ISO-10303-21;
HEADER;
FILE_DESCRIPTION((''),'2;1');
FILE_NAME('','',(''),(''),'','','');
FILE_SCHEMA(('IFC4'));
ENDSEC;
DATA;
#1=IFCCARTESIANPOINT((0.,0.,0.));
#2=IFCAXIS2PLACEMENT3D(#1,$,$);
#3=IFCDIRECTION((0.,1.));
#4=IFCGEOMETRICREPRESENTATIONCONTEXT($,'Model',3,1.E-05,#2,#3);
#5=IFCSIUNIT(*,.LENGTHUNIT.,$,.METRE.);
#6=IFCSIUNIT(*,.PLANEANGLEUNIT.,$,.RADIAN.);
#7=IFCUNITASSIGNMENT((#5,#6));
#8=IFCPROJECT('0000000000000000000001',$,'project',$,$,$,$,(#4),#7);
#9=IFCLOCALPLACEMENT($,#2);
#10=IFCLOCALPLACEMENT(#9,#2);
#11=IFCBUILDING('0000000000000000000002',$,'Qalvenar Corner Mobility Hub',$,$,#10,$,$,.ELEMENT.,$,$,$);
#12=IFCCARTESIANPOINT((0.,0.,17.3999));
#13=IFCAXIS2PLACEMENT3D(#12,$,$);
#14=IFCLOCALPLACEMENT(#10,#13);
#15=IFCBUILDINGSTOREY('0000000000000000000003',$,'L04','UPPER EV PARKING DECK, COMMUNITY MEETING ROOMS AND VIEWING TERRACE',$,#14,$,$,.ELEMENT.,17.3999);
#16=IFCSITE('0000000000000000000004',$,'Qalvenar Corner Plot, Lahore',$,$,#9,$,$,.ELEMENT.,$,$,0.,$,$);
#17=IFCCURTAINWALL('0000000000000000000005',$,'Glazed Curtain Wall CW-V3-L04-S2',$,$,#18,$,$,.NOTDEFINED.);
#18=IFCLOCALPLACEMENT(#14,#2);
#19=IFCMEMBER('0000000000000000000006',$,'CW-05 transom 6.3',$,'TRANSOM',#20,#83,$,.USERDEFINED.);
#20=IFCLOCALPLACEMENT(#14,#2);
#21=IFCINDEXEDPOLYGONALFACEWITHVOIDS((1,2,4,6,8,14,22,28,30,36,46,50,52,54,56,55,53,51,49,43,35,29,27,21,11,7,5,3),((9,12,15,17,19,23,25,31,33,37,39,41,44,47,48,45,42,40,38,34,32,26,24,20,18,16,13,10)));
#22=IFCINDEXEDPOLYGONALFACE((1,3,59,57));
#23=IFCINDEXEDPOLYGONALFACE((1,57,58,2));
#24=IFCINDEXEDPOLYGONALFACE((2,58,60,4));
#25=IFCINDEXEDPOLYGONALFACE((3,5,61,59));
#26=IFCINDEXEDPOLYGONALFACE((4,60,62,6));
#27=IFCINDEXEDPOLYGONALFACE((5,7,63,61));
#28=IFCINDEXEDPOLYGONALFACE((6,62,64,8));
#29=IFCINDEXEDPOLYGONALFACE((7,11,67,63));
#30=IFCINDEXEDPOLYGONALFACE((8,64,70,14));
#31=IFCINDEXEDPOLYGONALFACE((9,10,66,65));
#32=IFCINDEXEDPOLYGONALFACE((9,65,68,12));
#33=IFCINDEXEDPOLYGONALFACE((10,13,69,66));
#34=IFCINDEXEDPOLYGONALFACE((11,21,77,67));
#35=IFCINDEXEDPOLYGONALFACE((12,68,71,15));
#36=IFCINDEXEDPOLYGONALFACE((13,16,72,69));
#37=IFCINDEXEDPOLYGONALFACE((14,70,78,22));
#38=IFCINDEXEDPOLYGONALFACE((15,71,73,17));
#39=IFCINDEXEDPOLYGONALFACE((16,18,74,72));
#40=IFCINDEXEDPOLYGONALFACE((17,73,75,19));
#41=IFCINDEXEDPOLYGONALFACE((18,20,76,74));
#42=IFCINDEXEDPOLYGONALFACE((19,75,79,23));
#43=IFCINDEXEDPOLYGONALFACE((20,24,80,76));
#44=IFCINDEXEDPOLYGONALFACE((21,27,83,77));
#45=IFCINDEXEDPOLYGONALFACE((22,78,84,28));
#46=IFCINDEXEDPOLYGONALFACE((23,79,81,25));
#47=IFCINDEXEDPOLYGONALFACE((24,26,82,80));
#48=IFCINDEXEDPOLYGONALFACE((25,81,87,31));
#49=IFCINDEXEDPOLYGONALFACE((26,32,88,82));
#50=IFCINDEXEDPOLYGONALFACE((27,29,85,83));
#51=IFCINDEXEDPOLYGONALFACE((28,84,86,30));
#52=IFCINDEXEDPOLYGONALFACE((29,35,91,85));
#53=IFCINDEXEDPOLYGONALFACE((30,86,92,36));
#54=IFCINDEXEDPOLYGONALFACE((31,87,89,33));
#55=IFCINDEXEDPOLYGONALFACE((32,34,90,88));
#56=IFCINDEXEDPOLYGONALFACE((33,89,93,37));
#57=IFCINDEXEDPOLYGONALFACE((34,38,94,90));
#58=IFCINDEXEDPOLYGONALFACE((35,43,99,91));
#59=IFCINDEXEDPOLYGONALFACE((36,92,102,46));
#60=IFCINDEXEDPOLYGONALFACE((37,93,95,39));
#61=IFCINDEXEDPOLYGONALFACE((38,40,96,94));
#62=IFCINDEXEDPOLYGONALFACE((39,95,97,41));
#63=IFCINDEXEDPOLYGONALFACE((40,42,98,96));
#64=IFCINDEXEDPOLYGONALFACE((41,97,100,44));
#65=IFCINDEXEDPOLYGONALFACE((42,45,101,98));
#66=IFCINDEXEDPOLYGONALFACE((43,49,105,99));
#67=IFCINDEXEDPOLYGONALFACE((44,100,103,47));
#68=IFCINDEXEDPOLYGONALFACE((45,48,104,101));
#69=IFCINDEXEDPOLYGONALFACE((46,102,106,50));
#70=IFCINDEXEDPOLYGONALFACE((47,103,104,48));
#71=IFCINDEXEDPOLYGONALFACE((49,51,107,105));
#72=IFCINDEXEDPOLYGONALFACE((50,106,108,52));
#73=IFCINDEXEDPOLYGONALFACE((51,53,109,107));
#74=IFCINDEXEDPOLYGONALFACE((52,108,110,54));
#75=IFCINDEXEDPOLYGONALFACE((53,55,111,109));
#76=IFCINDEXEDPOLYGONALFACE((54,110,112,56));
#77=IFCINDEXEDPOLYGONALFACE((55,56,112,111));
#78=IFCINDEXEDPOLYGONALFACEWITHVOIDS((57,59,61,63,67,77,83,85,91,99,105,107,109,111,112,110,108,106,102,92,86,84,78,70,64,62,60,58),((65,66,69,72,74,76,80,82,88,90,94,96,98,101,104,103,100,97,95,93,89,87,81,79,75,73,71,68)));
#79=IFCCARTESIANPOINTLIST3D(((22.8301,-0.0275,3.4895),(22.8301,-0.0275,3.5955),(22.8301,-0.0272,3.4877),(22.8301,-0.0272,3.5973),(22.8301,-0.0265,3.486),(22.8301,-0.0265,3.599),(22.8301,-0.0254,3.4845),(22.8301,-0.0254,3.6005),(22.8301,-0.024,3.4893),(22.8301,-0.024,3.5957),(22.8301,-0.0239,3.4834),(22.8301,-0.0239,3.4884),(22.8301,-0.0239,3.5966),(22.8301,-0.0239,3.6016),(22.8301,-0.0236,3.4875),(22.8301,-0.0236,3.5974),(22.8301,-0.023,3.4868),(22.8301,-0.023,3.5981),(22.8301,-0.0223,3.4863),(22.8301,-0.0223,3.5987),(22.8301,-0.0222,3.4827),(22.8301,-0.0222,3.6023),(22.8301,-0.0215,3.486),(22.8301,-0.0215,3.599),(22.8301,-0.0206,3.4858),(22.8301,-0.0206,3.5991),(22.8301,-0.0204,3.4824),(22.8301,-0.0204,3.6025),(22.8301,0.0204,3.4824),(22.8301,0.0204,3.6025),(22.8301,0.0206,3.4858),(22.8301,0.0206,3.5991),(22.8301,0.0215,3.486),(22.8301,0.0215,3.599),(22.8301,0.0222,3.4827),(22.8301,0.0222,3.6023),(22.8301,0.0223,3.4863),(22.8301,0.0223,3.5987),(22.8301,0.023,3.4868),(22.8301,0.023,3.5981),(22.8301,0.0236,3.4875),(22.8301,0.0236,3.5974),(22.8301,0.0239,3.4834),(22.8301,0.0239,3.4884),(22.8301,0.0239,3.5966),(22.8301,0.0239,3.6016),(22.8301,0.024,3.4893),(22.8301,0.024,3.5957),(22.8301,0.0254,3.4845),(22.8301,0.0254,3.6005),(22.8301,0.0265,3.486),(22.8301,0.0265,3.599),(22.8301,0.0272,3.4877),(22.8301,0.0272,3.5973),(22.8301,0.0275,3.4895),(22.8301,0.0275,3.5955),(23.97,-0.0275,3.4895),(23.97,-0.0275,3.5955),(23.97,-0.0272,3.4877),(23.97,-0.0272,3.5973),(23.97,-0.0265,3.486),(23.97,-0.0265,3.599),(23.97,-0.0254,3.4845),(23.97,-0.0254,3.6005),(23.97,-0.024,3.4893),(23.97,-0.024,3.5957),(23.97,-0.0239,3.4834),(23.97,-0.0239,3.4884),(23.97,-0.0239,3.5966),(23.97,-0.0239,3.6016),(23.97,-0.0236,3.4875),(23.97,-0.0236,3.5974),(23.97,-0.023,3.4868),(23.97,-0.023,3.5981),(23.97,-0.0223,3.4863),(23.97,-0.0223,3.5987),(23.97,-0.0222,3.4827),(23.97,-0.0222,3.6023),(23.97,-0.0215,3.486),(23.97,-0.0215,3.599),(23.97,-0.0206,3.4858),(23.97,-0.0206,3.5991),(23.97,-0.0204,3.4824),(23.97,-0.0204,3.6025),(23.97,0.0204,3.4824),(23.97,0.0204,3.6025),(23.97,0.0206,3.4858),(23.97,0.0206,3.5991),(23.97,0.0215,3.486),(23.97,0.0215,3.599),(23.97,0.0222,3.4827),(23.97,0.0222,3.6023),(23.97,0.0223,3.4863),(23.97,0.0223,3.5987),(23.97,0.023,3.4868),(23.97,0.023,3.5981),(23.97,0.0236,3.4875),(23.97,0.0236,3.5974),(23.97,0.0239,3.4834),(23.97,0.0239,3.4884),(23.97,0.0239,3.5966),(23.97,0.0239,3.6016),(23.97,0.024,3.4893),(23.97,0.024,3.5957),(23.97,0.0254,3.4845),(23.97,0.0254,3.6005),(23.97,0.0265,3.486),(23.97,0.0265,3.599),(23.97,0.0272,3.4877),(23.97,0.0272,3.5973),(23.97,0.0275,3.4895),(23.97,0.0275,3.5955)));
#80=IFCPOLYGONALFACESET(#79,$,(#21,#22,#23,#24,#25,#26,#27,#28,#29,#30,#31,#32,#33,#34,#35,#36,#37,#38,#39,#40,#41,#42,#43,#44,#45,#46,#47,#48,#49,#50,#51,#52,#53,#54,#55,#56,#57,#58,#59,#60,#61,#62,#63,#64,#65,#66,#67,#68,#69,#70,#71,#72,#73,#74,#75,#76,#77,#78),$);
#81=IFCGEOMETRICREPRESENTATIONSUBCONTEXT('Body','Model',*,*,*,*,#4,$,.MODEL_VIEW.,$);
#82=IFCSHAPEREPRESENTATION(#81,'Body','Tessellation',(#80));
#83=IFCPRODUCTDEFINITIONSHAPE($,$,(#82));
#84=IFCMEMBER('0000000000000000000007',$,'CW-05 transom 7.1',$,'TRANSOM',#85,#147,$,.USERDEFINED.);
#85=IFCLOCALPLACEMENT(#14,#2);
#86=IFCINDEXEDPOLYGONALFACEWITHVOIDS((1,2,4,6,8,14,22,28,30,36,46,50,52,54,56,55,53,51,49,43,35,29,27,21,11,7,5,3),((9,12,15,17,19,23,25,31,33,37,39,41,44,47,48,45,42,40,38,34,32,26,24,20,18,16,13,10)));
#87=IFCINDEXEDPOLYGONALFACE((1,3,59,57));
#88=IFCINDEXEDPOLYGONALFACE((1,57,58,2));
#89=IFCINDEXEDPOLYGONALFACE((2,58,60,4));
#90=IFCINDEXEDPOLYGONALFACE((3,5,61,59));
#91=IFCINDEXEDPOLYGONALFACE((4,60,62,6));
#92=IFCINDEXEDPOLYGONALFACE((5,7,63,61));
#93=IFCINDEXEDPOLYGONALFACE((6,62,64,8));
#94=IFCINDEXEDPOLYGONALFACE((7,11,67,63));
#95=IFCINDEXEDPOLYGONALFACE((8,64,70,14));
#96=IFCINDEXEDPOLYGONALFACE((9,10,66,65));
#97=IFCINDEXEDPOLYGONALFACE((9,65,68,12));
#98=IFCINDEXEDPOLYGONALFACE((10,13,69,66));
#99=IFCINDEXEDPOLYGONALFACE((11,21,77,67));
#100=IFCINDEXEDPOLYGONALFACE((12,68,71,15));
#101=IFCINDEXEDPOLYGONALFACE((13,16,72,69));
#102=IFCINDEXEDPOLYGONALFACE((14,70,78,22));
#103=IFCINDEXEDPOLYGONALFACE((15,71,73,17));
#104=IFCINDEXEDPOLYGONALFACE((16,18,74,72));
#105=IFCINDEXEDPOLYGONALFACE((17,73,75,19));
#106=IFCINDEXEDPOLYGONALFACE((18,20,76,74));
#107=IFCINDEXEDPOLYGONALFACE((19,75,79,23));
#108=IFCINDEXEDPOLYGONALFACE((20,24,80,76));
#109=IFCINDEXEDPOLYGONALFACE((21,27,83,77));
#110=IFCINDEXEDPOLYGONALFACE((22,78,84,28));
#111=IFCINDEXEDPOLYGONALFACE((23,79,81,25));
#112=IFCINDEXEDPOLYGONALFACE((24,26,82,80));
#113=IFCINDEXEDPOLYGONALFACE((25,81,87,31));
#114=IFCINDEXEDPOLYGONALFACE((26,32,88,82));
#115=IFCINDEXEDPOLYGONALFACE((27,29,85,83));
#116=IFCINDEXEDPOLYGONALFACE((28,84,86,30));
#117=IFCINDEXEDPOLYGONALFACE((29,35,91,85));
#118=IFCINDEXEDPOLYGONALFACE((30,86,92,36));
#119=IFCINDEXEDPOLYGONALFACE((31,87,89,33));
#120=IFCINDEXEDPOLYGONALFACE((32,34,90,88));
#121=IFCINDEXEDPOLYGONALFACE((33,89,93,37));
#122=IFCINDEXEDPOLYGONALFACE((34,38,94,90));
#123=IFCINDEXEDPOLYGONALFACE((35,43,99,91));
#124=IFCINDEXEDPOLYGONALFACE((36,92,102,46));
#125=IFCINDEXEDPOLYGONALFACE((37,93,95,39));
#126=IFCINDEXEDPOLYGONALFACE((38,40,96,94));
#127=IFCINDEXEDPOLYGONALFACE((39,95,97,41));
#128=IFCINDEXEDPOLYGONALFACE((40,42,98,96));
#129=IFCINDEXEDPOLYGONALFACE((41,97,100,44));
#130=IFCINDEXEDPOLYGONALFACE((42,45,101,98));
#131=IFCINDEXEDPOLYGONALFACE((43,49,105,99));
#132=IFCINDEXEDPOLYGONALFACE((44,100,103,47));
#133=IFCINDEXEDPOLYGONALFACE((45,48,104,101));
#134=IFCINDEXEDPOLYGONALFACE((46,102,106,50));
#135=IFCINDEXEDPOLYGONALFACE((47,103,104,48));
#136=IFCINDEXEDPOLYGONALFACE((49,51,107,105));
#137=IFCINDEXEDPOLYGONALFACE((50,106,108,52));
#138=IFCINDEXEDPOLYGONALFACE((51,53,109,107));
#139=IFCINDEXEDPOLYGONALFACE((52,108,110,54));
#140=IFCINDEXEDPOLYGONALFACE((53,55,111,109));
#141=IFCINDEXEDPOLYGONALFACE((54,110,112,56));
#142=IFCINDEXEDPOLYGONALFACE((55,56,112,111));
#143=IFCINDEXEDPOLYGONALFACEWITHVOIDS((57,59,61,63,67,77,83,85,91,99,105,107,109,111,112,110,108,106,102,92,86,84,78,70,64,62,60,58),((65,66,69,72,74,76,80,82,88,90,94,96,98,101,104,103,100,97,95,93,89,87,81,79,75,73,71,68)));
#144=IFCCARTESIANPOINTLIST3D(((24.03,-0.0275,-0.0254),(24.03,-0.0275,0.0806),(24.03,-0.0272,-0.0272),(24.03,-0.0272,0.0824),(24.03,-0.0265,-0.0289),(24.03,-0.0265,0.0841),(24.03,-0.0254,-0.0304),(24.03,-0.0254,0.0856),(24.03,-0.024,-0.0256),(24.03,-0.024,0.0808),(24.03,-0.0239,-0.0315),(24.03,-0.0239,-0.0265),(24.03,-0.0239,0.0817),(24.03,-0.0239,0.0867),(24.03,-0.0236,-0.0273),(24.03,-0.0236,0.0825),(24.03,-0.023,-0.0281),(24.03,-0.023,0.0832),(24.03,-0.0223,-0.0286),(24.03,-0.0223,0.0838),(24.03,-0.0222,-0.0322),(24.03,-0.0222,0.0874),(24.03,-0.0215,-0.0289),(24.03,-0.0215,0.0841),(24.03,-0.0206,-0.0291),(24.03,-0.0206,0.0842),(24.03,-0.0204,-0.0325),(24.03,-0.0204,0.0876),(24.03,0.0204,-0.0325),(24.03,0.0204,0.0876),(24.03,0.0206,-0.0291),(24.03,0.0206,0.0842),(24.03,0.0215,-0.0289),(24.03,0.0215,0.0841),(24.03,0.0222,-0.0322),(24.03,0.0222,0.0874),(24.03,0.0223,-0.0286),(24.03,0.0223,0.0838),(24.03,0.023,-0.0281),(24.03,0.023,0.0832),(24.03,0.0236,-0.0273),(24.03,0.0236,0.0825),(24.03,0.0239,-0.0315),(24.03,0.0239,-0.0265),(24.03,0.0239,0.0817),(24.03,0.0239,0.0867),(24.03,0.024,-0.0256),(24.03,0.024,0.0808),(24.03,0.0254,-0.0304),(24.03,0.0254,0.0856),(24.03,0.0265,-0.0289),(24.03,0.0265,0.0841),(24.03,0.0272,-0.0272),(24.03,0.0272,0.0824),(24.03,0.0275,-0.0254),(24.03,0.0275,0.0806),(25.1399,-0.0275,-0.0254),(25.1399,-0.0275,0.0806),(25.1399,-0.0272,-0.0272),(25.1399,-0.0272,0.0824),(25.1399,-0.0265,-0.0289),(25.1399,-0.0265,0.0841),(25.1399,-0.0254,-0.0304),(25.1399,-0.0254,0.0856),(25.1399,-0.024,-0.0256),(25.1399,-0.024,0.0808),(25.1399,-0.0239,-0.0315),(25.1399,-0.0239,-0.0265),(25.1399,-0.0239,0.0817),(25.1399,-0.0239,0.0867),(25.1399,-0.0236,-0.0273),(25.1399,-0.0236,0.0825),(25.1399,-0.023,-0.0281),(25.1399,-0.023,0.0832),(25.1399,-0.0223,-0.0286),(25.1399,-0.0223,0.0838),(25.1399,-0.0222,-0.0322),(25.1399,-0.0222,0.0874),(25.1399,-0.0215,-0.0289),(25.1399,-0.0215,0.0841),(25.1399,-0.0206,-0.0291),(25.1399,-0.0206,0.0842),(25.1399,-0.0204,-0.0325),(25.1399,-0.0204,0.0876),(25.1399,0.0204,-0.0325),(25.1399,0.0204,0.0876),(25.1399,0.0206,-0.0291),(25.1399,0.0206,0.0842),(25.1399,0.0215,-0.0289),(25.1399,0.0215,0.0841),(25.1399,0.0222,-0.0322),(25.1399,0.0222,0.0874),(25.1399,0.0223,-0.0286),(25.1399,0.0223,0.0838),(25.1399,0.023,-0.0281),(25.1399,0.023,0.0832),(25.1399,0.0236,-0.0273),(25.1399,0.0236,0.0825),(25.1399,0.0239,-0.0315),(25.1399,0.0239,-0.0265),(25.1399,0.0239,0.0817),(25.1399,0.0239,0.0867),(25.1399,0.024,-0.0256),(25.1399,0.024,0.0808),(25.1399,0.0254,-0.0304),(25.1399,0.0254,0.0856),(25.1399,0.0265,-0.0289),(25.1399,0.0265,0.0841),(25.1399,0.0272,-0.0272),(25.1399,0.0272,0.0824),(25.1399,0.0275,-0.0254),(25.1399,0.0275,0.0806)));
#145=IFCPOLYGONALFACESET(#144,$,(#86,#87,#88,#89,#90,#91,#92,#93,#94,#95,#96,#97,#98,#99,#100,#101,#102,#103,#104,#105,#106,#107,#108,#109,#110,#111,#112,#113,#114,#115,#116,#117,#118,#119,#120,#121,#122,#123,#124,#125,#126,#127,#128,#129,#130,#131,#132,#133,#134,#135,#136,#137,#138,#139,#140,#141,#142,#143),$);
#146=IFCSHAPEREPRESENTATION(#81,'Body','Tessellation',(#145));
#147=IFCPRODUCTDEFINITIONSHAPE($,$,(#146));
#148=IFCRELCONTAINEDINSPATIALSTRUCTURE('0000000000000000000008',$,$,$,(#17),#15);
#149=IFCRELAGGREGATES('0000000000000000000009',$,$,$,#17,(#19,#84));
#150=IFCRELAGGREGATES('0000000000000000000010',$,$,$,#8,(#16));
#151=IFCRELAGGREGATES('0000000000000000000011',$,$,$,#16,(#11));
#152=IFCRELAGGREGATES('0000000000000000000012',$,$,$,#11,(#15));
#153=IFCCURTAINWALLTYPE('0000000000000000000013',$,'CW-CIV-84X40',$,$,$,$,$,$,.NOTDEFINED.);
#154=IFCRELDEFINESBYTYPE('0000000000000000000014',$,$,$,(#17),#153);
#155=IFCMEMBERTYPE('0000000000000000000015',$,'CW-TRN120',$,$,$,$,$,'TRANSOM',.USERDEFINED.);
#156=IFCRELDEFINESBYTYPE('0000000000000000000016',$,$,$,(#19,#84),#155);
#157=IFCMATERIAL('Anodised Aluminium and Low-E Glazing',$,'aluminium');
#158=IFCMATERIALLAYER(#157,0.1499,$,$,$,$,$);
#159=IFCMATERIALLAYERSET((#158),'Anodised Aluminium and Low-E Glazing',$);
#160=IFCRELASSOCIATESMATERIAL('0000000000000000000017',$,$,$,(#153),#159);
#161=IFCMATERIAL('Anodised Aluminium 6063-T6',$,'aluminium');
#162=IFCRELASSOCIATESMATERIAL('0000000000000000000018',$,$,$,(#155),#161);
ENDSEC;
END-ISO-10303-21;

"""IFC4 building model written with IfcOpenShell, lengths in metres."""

from ifc_helpers import new_model, si_unit, direction, frame, origin, origin_2d, place, context, subcontext, project, spatial, hollow_rectangle, extrude, material, layer, layer_set, material_profile, profile_set, type_object, element, aggregate, save


model = new_model("IFC4")

# Units and contexts
model_context = context("Model", 3, precision=1e-05, world=origin(), true_north=direction((0.0, 1.0)))
body_context = subcontext(model_context, "Body", "Model", "MODEL_VIEW")
ifc_project = project(units=[si_unit("LENGTHUNIT", "METRE"), si_unit("PLANEANGLEUNIT", "RADIAN")], contexts=[model_context])

# Site, building, storey
site_placement = place(None, origin())
site = spatial("IfcSite", under=ifc_project, at=site_placement, Name="Qalvenar Corner Plot, Lahore", CompositionType="ELEMENT", RefElevation=0.0)
building_placement = place(site_placement, origin())
building = spatial("IfcBuilding", under=site, at=building_placement, Name="Qalvenar Corner Mobility Hub", CompositionType="ELEMENT")
storey_placement = place(building_placement, frame((0.0, 0.0, 17.3999)))
storey = spatial("IfcBuildingStorey", under=building, at=storey_placement, Name="L04", Description="UPPER EV PARKING DECK, COMMUNITY MEETING ROOMS AND VIEWING TERRACE", CompositionType="ELEMENT", Elevation=17.3999)

# Curtain wall, members
ifc_material_1 = material(Name="Anodised Aluminium and Low-E Glazing", Category="aluminium")
ifc_layer_1 = layer(ifc_material_1, 0.1499)
ifc_layer_set_1 = layer_set([ifc_layer_1], Name="Anodised Aluminium and Low-E Glazing")
curtain_wall_type = type_object("IfcCurtainWallType", Name="CW-CIV-84X40", PredefinedType="NOTDEFINED", material=ifc_layer_set_1)
curtain_wall_placement = place(storey_placement, origin())
curtain_wall = element("IfcCurtainWall", 1, at=curtain_wall_placement, inside=storey, type_object=curtain_wall_type, Name="Glazed Curtain Wall CW-V3-L04-S2", PredefinedType="NOTDEFINED")
ifc_material_2 = material(Name="Anodised Aluminium 6063-T6", Category="aluminium")
ifc_material_profile_1 = material_profile(ifc_material_2, hollow_rectangle(XDim=0.0549, YDim=0.1201, WallThickness=0.0034, InnerFilletRadius=0.0034, OuterFilletRadius=0.0071, at=origin_2d()), Name="RHS120x55x3.5")
ifc_profile_set_1 = profile_set([ifc_material_profile_1], Name="Anodised Aluminium 6063-T6")
member_type_1 = type_object("IfcMemberType", Name="CW-TRN120", ElementType="TRANSOM", PredefinedType="USERDEFINED", material=ifc_profile_set_1)
member_1_placement = place(storey_placement, frame((22.8301, 0.0, 3.5425), z_axis=(1.0, 0.0, 0.0), x_axis=(0.0, 1.0, 0.0)))
member_1 = element("IfcMember", 2, at=member_1_placement, type_object=member_type_1, Name="CW-05 transom 6.3", ObjectType="TRANSOM", PredefinedType="USERDEFINED", context=body_context, shape_type="SweptSolid", body=[
    extrude(hollow_rectangle(XDim=0.0549, YDim=0.1201, WallThickness=0.0034, InnerFilletRadius=0.0034, OuterFilletRadius=0.0071, at=origin_2d()), origin(), (0.0, 0.0, 1.0), 1.1399),
])
member_2_placement = place(storey_placement, frame((24.03, 0.0, 0.0276), z_axis=(1.0, 0.0, 0.0), x_axis=(0.0, 1.0, 0.0)))
member_2 = element("IfcMember", 3, at=member_2_placement, type_object=member_type_1, Name="CW-05 transom 7.1", ObjectType="TRANSOM", PredefinedType="USERDEFINED", context=body_context, shape_type="SweptSolid", body=[
    extrude(hollow_rectangle(XDim=0.0549, YDim=0.1201, WallThickness=0.0034, InnerFilletRadius=0.0034, OuterFilletRadius=0.0071, at=origin_2d()), origin(), (0.0, 0.0, 1.0), 1.1099),
])
aggregate(curtain_wall, [member_1, member_2])

save(model, "model.ifc")
